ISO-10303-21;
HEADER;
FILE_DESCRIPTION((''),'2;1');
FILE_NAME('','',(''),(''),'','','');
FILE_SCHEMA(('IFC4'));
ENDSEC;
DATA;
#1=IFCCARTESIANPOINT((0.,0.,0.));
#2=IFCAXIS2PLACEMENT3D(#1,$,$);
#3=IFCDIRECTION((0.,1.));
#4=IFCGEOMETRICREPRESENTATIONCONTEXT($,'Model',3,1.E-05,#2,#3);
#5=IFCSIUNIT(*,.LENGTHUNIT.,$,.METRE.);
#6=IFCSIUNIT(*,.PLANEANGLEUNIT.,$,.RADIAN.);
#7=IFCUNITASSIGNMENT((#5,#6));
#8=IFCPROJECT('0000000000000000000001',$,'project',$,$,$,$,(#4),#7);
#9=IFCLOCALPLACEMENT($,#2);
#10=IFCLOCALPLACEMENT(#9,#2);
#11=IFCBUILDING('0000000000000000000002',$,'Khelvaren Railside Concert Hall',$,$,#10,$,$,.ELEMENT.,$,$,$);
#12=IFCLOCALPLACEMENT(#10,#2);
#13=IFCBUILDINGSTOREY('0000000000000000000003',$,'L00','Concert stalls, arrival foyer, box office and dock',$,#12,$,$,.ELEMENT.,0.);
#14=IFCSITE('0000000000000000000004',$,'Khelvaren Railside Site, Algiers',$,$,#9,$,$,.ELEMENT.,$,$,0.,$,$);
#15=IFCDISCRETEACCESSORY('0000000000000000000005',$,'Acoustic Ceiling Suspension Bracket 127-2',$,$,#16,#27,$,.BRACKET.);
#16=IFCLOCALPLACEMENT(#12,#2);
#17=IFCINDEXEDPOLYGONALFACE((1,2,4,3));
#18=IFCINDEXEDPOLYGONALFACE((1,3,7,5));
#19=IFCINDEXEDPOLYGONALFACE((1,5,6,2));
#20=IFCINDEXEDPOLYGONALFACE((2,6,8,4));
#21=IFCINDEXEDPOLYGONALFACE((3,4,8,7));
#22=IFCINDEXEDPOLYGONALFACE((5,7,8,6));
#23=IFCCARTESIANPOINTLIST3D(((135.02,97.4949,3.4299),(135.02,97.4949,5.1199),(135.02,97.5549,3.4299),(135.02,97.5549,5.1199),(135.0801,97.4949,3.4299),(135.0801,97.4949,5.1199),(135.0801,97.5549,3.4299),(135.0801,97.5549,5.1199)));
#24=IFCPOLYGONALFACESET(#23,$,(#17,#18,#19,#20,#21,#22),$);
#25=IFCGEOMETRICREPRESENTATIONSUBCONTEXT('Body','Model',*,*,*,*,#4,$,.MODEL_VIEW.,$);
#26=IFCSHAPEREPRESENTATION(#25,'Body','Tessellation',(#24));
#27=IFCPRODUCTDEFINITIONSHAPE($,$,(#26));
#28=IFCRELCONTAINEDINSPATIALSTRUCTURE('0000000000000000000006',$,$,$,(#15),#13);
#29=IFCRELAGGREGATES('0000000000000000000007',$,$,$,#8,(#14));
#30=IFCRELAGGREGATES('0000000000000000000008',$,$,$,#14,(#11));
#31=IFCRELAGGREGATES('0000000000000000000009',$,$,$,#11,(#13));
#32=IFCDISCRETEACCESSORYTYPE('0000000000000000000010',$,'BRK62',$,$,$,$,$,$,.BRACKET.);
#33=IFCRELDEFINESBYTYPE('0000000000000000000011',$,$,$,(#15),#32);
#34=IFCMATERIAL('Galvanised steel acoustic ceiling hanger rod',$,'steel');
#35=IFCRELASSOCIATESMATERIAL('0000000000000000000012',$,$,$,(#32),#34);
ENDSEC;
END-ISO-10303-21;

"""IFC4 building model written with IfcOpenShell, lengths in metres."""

from ifc_helpers import new_model, si_unit, direction, frame, origin, origin_2d, place, context, subcontext, project, spatial, rectangle, extrude, material, type_object, element, save


model = new_model("IFC4")

# Units and contexts
model_context = context("Model", 3, precision=1e-05, world=origin(), true_north=direction((0.0, 1.0)))
body_context = subcontext(model_context, "Body", "Model", "MODEL_VIEW")
ifc_project = project(units=[si_unit("LENGTHUNIT", "METRE"), si_unit("PLANEANGLEUNIT", "RADIAN")], contexts=[model_context])

# Site, building, storey
site_placement = place(None, origin())
site = spatial("IfcSite", under=ifc_project, at=site_placement, Name="Khelvaren Railside Site, Algiers", CompositionType="ELEMENT", RefElevation=0.0)
building_placement = place(site_placement, origin())
building = spatial("IfcBuilding", under=site, at=building_placement, Name="Khelvaren Railside Concert Hall", CompositionType="ELEMENT")
storey_placement = place(building_placement, origin())
storey = spatial("IfcBuildingStorey", under=building, at=storey_placement, Name="L00", Description="Concert stalls, arrival foyer, box office and dock", CompositionType="ELEMENT", Elevation=0.0)

# Discrete accessory
ifc_material_1 = material(Name="Galvanised steel acoustic ceiling hanger rod", Category="steel")
discrete_accessory_type = type_object("IfcDiscreteAccessoryType", Name="BRK62", PredefinedType="BRACKET", material=ifc_material_1)
for number, where, z_axis, x_axis, name in (
    (1, (135.05, 97.5249, 3.4299), (0.0, 0.0, 1.0), (1.0, 0.0, 0.0), "Acoustic Ceiling Suspension Bracket 127-2"),
):
    element("IfcDiscreteAccessory", number, at=place(storey_placement, frame(where, z_axis=z_axis, x_axis=x_axis)), inside=storey, type_object=discrete_accessory_type, Name=name, PredefinedType="BRACKET", context=body_context, shape_type="SweptSolid", body=[
        extrude(rectangle(XDim=0.0601, YDim=0.0601, at=origin_2d()), origin(), (0.0, 0.0, 1.0), 1.6899),
    ])

save(model, "model.ifc")
